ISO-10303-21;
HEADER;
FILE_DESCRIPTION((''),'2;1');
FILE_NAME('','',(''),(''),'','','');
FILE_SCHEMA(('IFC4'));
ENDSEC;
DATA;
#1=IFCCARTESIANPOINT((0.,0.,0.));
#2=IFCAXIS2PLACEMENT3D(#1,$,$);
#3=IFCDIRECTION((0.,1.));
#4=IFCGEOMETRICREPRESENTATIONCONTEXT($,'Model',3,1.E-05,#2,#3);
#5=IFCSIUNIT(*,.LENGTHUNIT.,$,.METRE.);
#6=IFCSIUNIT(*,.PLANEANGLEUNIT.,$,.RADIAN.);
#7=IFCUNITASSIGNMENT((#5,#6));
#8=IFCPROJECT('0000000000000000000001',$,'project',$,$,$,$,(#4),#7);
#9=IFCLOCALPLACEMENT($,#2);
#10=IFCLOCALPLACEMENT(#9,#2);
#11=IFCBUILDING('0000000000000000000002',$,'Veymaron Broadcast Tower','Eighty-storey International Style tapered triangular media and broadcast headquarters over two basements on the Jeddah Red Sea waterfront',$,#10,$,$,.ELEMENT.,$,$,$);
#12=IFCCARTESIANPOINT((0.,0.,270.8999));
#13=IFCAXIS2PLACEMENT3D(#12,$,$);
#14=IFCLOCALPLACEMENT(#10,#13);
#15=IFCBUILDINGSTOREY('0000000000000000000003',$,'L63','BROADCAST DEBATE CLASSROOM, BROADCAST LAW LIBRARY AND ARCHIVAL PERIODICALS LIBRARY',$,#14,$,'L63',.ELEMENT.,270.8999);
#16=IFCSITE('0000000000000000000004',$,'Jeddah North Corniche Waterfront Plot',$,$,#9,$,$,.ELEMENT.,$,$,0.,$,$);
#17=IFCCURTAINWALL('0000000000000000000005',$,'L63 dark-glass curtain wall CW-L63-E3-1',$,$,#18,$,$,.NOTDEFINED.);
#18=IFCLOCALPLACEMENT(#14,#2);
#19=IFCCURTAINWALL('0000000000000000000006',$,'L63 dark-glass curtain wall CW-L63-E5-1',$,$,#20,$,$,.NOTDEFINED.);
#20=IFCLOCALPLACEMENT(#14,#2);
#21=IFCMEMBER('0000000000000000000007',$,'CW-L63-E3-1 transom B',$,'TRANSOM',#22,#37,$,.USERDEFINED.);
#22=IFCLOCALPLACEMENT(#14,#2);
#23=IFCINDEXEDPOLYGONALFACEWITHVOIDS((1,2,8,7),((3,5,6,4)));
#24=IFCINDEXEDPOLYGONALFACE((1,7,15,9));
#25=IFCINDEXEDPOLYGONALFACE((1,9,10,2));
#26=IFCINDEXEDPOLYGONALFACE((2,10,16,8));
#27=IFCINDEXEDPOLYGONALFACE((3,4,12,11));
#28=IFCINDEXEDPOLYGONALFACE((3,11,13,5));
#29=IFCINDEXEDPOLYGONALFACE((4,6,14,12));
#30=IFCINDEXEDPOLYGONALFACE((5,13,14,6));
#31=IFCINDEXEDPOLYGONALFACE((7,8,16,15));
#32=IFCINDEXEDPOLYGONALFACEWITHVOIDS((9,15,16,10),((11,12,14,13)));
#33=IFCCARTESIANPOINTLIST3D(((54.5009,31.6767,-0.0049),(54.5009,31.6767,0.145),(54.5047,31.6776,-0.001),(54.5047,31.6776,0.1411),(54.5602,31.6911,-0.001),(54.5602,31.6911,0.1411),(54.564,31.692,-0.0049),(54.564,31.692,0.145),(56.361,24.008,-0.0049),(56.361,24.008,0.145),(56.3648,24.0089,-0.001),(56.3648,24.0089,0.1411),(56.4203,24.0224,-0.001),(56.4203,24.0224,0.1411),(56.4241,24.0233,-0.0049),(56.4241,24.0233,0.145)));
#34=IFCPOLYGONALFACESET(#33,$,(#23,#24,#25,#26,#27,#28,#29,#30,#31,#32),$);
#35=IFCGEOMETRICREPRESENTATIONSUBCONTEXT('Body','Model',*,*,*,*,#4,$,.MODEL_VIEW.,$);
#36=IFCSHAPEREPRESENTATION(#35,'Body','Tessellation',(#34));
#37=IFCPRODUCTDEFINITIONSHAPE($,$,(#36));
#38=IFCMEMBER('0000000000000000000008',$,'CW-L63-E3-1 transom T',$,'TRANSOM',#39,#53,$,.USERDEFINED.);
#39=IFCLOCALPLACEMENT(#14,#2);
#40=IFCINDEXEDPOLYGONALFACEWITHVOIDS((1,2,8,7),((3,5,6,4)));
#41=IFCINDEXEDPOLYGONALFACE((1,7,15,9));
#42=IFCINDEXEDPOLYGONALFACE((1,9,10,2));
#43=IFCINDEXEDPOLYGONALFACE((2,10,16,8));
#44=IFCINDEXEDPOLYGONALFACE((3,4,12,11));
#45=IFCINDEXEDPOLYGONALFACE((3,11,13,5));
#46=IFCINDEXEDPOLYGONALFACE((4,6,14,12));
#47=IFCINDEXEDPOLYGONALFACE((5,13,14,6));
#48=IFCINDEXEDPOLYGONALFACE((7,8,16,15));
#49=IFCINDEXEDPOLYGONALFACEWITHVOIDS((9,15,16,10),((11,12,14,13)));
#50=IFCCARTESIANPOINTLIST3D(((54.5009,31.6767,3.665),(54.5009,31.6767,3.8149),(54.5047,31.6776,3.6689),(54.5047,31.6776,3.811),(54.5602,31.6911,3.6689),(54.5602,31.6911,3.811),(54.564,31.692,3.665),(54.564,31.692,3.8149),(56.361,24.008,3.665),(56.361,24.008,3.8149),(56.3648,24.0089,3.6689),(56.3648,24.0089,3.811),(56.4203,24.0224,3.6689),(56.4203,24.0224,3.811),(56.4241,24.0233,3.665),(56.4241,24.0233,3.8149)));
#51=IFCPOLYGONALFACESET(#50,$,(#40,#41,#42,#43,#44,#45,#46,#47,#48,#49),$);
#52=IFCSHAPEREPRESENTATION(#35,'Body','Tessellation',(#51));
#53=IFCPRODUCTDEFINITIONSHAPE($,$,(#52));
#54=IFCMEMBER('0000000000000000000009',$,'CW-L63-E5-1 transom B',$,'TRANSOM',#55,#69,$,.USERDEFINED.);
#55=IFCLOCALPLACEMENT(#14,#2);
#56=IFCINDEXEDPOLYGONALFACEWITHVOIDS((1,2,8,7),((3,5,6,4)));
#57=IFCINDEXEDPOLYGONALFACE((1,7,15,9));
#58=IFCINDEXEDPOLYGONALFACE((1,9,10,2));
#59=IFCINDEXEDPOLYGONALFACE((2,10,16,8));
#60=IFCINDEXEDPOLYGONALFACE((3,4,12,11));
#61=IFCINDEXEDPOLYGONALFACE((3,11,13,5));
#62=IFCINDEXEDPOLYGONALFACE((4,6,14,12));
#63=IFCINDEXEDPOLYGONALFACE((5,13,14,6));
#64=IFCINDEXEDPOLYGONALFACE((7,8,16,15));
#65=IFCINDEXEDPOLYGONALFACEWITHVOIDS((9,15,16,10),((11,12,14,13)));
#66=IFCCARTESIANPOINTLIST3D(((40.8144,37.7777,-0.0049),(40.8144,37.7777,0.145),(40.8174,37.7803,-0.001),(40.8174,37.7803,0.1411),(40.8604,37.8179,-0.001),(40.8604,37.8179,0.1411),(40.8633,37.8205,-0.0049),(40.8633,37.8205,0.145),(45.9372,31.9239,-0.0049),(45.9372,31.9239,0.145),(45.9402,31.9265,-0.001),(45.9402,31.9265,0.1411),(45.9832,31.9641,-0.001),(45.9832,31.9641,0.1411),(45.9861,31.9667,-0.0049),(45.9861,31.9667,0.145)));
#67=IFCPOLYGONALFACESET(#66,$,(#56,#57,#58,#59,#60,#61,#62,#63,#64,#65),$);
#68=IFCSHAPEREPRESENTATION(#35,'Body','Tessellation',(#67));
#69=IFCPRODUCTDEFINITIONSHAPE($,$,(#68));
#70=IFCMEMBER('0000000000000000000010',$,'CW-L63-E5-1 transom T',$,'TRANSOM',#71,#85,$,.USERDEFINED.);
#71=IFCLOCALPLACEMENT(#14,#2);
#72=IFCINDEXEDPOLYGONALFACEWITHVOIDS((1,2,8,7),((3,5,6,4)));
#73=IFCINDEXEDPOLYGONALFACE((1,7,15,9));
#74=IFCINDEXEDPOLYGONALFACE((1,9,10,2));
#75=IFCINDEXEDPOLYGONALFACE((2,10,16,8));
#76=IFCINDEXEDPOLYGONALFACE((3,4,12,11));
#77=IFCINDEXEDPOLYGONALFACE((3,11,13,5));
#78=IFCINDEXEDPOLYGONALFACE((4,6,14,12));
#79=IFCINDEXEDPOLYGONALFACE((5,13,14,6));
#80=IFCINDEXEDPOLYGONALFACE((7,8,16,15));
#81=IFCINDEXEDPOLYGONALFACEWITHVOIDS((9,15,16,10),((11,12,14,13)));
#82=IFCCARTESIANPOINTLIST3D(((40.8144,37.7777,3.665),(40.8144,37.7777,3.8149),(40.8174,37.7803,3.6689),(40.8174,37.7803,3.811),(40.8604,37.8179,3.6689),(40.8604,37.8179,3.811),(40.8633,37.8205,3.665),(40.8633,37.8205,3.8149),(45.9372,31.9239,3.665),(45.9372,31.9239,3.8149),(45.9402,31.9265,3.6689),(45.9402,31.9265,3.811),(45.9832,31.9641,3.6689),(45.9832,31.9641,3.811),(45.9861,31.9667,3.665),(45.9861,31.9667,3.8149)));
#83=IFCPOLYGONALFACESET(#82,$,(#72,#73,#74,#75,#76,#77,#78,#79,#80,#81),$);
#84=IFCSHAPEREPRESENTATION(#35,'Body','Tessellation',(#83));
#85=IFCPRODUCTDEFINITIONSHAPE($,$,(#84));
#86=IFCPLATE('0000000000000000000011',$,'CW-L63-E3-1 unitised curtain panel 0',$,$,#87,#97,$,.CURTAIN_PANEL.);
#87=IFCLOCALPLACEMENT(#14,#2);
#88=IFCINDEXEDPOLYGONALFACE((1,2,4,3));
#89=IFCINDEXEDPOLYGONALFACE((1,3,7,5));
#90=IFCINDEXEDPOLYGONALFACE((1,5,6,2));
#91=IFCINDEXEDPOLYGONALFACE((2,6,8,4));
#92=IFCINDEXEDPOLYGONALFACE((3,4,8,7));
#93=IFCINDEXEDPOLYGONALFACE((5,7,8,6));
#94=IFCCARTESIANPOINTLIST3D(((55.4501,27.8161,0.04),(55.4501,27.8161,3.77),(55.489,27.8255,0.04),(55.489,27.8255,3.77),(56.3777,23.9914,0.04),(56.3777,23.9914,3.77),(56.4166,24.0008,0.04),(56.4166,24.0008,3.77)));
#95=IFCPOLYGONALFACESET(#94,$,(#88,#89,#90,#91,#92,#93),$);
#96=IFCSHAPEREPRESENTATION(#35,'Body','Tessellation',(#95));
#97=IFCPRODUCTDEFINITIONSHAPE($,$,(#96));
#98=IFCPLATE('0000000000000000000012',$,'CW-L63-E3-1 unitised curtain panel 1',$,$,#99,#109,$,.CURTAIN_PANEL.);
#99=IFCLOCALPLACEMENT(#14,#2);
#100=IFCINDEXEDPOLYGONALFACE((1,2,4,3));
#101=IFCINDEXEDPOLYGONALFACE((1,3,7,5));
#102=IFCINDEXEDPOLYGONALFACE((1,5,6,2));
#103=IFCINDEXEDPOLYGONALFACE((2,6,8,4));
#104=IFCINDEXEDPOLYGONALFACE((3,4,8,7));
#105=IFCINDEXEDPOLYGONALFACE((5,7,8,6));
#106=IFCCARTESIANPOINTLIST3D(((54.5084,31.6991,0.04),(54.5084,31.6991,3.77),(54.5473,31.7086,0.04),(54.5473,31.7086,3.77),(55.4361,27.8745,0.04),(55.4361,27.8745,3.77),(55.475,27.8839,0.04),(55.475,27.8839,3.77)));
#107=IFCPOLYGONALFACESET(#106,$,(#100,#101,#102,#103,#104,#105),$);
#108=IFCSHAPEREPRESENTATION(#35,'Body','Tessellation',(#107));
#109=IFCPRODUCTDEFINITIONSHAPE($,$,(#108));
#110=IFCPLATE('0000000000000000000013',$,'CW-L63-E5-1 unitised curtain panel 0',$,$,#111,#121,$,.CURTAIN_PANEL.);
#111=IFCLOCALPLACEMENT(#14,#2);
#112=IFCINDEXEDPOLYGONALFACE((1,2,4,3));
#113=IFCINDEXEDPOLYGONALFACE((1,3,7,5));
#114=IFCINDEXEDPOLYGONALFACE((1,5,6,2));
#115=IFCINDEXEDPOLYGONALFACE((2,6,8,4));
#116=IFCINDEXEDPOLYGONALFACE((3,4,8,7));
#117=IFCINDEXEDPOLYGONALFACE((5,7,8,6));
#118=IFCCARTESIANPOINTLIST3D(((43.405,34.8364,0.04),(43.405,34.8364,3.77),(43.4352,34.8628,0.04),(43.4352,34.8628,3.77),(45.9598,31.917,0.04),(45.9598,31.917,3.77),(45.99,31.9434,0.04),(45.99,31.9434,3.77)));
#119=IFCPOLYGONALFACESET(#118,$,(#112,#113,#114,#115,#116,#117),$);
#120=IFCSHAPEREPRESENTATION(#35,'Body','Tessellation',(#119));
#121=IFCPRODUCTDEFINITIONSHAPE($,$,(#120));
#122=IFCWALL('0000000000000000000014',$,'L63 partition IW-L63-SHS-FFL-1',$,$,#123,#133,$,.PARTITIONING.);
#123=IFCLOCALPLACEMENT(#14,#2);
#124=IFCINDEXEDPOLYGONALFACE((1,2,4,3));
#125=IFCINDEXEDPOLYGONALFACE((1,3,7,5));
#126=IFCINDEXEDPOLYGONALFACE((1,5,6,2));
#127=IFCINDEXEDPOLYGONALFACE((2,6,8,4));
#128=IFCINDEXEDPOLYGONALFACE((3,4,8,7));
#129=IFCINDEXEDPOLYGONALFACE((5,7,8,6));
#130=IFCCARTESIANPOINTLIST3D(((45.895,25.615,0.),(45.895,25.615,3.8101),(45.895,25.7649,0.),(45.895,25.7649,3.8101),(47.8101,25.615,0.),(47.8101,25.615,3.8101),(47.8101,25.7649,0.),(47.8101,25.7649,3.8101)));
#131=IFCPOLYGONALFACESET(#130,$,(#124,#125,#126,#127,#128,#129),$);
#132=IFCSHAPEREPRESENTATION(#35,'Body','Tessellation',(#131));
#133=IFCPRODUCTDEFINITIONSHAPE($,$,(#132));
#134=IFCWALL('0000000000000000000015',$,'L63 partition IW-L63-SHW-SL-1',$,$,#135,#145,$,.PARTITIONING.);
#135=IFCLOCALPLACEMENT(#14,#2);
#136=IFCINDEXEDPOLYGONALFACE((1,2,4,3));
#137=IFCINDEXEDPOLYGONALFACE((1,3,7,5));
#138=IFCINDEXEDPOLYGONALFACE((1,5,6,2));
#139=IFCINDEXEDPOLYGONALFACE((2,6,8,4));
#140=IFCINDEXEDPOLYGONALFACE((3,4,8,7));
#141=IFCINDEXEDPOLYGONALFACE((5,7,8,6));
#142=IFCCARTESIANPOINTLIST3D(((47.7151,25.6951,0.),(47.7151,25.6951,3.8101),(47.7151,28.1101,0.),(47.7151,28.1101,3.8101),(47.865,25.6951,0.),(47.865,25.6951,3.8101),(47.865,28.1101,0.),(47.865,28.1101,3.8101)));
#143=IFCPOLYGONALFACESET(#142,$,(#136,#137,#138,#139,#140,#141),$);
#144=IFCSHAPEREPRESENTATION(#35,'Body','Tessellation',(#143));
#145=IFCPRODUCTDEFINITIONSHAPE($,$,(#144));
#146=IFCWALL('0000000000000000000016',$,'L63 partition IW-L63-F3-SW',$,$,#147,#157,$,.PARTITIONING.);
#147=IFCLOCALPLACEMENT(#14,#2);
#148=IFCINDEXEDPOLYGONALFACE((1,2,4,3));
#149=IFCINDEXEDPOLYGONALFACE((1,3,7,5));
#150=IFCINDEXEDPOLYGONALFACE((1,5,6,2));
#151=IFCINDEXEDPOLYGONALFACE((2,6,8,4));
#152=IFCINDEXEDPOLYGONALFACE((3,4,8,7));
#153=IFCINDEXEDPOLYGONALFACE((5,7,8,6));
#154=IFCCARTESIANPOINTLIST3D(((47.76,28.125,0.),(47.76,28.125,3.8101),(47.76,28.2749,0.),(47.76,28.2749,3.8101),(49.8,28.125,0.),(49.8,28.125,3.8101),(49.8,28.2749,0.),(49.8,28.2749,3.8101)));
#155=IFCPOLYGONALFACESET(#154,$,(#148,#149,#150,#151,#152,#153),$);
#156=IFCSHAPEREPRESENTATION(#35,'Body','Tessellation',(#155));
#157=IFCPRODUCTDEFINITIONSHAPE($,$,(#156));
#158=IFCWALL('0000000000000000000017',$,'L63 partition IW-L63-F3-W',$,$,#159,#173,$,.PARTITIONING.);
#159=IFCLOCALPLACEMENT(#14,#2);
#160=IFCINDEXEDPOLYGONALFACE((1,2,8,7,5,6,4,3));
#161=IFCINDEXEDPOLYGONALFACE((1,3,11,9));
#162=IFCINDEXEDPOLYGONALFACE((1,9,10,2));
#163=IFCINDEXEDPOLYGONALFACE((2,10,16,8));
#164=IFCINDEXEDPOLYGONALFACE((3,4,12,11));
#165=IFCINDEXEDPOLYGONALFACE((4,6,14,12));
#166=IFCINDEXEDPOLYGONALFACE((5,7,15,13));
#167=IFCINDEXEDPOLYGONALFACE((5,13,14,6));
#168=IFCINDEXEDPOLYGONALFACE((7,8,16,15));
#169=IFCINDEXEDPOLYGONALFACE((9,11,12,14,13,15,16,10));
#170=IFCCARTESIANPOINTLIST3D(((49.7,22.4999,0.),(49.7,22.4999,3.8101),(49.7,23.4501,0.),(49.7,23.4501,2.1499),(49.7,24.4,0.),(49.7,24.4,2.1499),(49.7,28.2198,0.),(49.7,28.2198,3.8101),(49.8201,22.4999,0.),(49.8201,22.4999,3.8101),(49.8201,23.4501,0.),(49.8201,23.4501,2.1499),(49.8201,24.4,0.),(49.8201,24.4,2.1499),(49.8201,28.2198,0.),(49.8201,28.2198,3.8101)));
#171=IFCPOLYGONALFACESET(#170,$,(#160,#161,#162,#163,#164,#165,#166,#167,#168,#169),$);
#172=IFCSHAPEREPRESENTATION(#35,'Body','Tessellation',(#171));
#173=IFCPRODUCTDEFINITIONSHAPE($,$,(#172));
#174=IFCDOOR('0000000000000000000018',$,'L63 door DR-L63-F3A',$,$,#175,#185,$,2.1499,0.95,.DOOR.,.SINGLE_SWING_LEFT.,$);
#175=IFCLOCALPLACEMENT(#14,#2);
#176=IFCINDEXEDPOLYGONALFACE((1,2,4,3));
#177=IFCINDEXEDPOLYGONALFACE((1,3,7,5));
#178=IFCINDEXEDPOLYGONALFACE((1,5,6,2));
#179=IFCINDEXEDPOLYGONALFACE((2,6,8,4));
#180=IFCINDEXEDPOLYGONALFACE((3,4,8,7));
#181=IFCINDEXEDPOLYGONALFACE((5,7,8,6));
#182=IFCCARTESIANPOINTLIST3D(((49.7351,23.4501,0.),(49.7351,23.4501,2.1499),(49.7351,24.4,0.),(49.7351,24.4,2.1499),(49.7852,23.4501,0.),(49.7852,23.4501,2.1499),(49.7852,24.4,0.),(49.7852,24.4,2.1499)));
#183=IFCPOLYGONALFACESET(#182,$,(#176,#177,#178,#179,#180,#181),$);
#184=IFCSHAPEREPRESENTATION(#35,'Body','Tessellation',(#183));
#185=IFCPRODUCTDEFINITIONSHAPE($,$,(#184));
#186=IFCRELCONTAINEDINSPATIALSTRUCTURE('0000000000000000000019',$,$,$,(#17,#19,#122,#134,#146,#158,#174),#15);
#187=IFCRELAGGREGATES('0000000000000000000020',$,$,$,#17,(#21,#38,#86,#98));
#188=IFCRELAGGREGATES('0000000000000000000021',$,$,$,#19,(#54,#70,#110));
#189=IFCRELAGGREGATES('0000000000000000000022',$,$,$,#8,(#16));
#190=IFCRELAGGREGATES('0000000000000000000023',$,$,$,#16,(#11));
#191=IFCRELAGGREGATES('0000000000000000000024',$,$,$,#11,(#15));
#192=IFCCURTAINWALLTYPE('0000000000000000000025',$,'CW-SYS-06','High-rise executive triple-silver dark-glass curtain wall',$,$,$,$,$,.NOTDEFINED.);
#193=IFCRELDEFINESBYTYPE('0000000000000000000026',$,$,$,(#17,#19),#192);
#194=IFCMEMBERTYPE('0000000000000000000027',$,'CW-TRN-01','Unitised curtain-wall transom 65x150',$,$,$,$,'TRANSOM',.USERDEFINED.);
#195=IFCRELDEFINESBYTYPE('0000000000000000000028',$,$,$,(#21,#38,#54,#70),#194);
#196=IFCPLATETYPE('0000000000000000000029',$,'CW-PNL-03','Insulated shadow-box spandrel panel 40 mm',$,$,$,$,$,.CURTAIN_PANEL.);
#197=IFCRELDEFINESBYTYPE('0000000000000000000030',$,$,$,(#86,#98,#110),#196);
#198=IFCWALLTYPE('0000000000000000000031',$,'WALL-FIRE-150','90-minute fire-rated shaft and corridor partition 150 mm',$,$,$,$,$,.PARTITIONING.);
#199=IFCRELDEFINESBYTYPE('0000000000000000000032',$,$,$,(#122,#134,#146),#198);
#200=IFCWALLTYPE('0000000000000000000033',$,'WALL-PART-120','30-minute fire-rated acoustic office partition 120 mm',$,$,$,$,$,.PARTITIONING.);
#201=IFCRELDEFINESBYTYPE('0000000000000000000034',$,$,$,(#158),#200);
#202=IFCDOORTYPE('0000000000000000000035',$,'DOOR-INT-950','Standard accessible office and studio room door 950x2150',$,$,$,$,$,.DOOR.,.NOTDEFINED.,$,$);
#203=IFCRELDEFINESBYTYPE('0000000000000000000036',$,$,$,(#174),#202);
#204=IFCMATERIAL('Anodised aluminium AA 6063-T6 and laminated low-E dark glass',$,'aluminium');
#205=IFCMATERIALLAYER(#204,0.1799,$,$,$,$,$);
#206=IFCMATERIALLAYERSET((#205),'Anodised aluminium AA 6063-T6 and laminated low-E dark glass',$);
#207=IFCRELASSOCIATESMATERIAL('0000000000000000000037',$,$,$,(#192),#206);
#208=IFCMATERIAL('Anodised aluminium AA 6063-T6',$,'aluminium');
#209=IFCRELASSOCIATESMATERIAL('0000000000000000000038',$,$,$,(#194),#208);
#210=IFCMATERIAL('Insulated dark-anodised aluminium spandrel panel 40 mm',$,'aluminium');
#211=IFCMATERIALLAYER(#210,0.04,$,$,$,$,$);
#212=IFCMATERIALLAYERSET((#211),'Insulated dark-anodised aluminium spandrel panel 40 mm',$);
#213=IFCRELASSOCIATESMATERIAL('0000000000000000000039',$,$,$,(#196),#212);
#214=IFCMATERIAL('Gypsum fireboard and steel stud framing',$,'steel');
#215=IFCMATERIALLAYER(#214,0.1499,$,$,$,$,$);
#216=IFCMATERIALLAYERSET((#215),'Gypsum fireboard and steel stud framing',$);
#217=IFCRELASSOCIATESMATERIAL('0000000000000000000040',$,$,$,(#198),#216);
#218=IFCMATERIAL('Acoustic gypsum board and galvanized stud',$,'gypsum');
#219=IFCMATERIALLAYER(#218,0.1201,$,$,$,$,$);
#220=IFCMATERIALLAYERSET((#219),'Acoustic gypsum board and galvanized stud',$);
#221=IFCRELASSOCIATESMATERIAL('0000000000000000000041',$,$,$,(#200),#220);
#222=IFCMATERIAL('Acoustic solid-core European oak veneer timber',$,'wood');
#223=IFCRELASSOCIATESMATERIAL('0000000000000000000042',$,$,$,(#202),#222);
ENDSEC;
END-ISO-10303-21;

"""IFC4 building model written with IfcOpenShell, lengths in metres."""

from ifc_helpers import new_model, si_unit, direction, frame, frame_2d, origin, origin_2d, place, context, subcontext, project, spatial, rectangle, hollow_rectangle, extrude, material, layer, layer_set, material_profile, profile_set, type_object, element, fill, aggregate, save


model = new_model("IFC4")

# Units and contexts
model_context = context("Model", 3, precision=1e-05, world=origin(), true_north=direction((0.0, 1.0)))
body_context = subcontext(model_context, "Body", "Model", "MODEL_VIEW")
ifc_project = project(units=[si_unit("LENGTHUNIT", "METRE"), si_unit("PLANEANGLEUNIT", "RADIAN")], contexts=[model_context])

# Site, building, storey
site_placement = place(None, origin())
site = spatial("IfcSite", under=ifc_project, at=site_placement, Name="Jeddah North Corniche Waterfront Plot", CompositionType="ELEMENT", RefElevation=0.0)
building_placement = place(site_placement, origin())
building = spatial("IfcBuilding", under=site, at=building_placement, Name="Veymaron Broadcast Tower", Description="Eighty-storey International Style tapered triangular media and broadcast headquarters over two basements on the Jeddah Red Sea waterfront", CompositionType="ELEMENT")
storey_placement = place(building_placement, frame((0.0, 0.0, 270.8999)))
storey = spatial("IfcBuildingStorey", under=building, at=storey_placement, Name="L63", Description="BROADCAST DEBATE CLASSROOM, BROADCAST LAW LIBRARY AND ARCHIVAL PERIODICALS LIBRARY", LongName="L63", CompositionType="ELEMENT", Elevation=270.8999)

# Shared definitions
ifc_material_1 = material(Name="Anodised aluminium AA 6063-T6 and laminated low-E dark glass", Category="aluminium")
ifc_layer_1 = layer(ifc_material_1, 0.1799)
ifc_layer_set_1 = layer_set([ifc_layer_1], Name="Anodised aluminium AA 6063-T6 and laminated low-E dark glass")
curtain_wall_type = type_object("IfcCurtainWallType", Name="CW-SYS-06", Description="High-rise executive triple-silver dark-glass curtain wall", PredefinedType="NOTDEFINED", material=ifc_layer_set_1)
ifc_material_2 = material(Name="Anodised aluminium AA 6063-T6", Category="aluminium")

# Curtain wall
curtain_wall_1_placement = place(storey_placement, origin())
curtain_wall_1 = element("IfcCurtainWall", 1, at=curtain_wall_1_placement, inside=storey, type_object=curtain_wall_type, Name="L63 dark-glass curtain wall CW-L63-E3-1", PredefinedType="NOTDEFINED")

# Curtain wall
curtain_wall_2_placement = place(storey_placement, origin())
curtain_wall_2 = element("IfcCurtainWall", 2, at=curtain_wall_2_placement, inside=storey, type_object=curtain_wall_type, Name="L63 dark-glass curtain wall CW-L63-E5-1", PredefinedType="NOTDEFINED")

# Members
ifc_material_profile_1 = material_profile(ifc_material_2, hollow_rectangle(XDim=0.0649, YDim=0.1499, WallThickness=0.0039, at=origin_2d()), Name="AL150X65X4")
ifc_profile_set_1 = profile_set([ifc_material_profile_1], Name="Anodised aluminium AA 6063-T6")
member_type_1 = type_object("IfcMemberType", Name="CW-TRN-01", Description="Unitised curtain-wall transom 65x150", ElementType="TRANSOM", PredefinedType="USERDEFINED", material=ifc_profile_set_1)
member_1_placement = place(storey_placement, frame((56.3926, 24.0156, 0.0701), z_axis=(-0.235723, 0.97182, 0.0), x_axis=(-0.97182, -0.235723, 0.0)))
member_1 = element("IfcMember", 3, at=member_1_placement, type_object=member_type_1, Name="CW-L63-E3-1 transom B", ObjectType="TRANSOM", PredefinedType="USERDEFINED", context=body_context, shape_type="SweptSolid", body=[
    extrude(hollow_rectangle(XDim=0.0649, YDim=0.1499, WallThickness=0.0039, at=origin_2d()), origin(), (0.0, 0.0, 1.0), 7.8911),
])
member_2_placement = place(storey_placement, frame((56.3926, 24.0156, 3.74), z_axis=(-0.235723, 0.97182, 0.0), x_axis=(-0.97182, -0.235723, 0.0)))
member_2 = element("IfcMember", 4, at=member_2_placement, type_object=member_type_1, Name="CW-L63-E3-1 transom T", ObjectType="TRANSOM", PredefinedType="USERDEFINED", context=body_context, shape_type="SweptSolid", body=[
    extrude(hollow_rectangle(XDim=0.0649, YDim=0.1499, WallThickness=0.0039, at=origin_2d()), origin(), (0.0, 0.0, 1.0), 7.8911),
])
member_3_placement = place(storey_placement, frame((45.9617, 31.9453, 0.0701), z_axis=(-0.65856, 0.752528, 0.0), x_axis=(-0.752528, -0.65856, 0.0)))
member_3 = element("IfcMember", 5, at=member_3_placement, type_object=member_type_1, Name="CW-L63-E5-1 transom B", ObjectType="TRANSOM", PredefinedType="USERDEFINED", context=body_context, shape_type="SweptSolid", body=[
    extrude(hollow_rectangle(XDim=0.0649, YDim=0.1499, WallThickness=0.0039, at=origin_2d()), origin(), (0.0, 0.0, 1.0), 7.7788),
])
member_4_placement = place(storey_placement, frame((45.9617, 31.9453, 3.74), z_axis=(-0.65856, 0.752528, 0.0), x_axis=(-0.752528, -0.65856, 0.0)))
member_4 = element("IfcMember", 6, at=member_4_placement, type_object=member_type_1, Name="CW-L63-E5-1 transom T", ObjectType="TRANSOM", PredefinedType="USERDEFINED", context=body_context, shape_type="SweptSolid", body=[
    extrude(hollow_rectangle(XDim=0.0649, YDim=0.1499, WallThickness=0.0039, at=origin_2d()), origin(), (0.0, 0.0, 1.0), 7.7788),
])

# Plates
ifc_material_3 = material(Name="Insulated dark-anodised aluminium spandrel panel 40 mm", Category="aluminium")
ifc_layer_2 = layer(ifc_material_3, 0.04)
ifc_layer_set_2 = layer_set([ifc_layer_2], Name="Insulated dark-anodised aluminium spandrel panel 40 mm")
plate_type = type_object("IfcPlateType", Name="CW-PNL-03", Description="Insulated shadow-box spandrel panel 40 mm", PredefinedType="CURTAIN_PANEL", material=ifc_layer_set_2)
plate_1_placement = place(storey_placement, frame((55.9333, 25.9084, 0.04), z_axis=(0.0, 0.0, 1.0), x_axis=(-0.235702, 0.971825, 0.0)))
plate_1 = element("IfcPlate", 7, at=plate_1_placement, type_object=plate_type, Name="CW-L63-E3-1 unitised curtain panel 0", PredefinedType="CURTAIN_PANEL", context=body_context, shape_type="SweptSolid", body=[
    extrude(rectangle(XDim=3.9355, YDim=0.04, at=origin_2d()), origin(), (0.0, 0.0, 1.0), 3.73),
])
plate_2_placement = place(storey_placement, frame((54.9917, 29.7915, 0.04), z_axis=(0.0, 0.0, 1.0), x_axis=(-0.235702, 0.971825, 0.0)))
plate_2 = element("IfcPlate", 8, at=plate_2_placement, type_object=plate_type, Name="CW-L63-E3-1 unitised curtain panel 1", PredefinedType="CURTAIN_PANEL", context=body_context, shape_type="SweptSolid", body=[
    extrude(rectangle(XDim=3.9355, YDim=0.04, at=origin_2d()), origin(), (0.0, 0.0, 1.0), 3.73),
])
aggregate(curtain_wall_1, [member_1, member_2, plate_1, plate_2])
plate_3_placement = place(storey_placement, frame((44.6975, 33.3899, 0.04), z_axis=(0.0, 0.0, 1.0), x_axis=(-0.658558, 0.75253, 0.0)))
plate_3 = element("IfcPlate", 9, at=plate_3_placement, type_object=plate_type, Name="CW-L63-E5-1 unitised curtain panel 0", PredefinedType="CURTAIN_PANEL", context=body_context, shape_type="SweptSolid", body=[
    extrude(rectangle(XDim=3.8794, YDim=0.04, at=origin_2d()), origin(), (0.0, 0.0, 1.0), 3.73),
])
aggregate(curtain_wall_2, [member_3, member_4, plate_3])

# Shared definitions
ifc_material_4 = material(Name="Gypsum fireboard and steel stud framing", Category="steel")
ifc_layer_3 = layer(ifc_material_4, 0.1499)
ifc_layer_set_3 = layer_set([ifc_layer_3], Name="Gypsum fireboard and steel stud framing")
wall_type_1 = type_object("IfcWallType", Name="WALL-FIRE-150", Description="90-minute fire-rated shaft and corridor partition 150 mm", PredefinedType="PARTITIONING", material=ifc_layer_set_3)

# Wall
wall_1_placement = place(storey_placement, frame((45.895, 25.6899, 0.0), z_axis=(0.0, 0.0, 1.0), x_axis=(1.0, 0.0, 0.0)))
element("IfcWall", 10, at=wall_1_placement, inside=storey, type_object=wall_type_1, Name="L63 partition IW-L63-SHS-FFL-1", PredefinedType="PARTITIONING", context=body_context, shape_type="SweptSolid", body=[
    extrude(rectangle(XDim=1.915, YDim=0.1499, at=frame_2d((0.9575, 0.0))), origin(), (0.0, 0.0, 1.0), 3.8101),
])

# Walls
wall_2_placement = place(storey_placement, frame((47.79, 25.6951, 0.0), z_axis=(0.0, 0.0, 1.0), x_axis=(0.0, 1.0, 0.0)))
element("IfcWall", 11, at=wall_2_placement, inside=storey, type_object=wall_type_1, Name="L63 partition IW-L63-SHW-SL-1", PredefinedType="PARTITIONING", context=body_context, shape_type="SweptSolid", body=[
    extrude(rectangle(XDim=2.415, YDim=0.1499, at=frame_2d((1.2075, 0.0))), origin(), (0.0, 0.0, 1.0), 3.8101),
])
wall_3_placement = place(storey_placement, frame((47.76, 28.2, 0.0), z_axis=(0.0, 0.0, 1.0), x_axis=(1.0, 0.0, 0.0)))
element("IfcWall", 12, at=wall_3_placement, inside=storey, type_object=wall_type_1, Name="L63 partition IW-L63-F3-SW", PredefinedType="PARTITIONING", context=body_context, shape_type="SweptSolid", body=[
    extrude(rectangle(XDim=2.04, YDim=0.1499, at=frame_2d((1.02, 0.0))), origin(), (0.0, 0.0, 1.0), 3.8101),
])

# Wall, opening, door
ifc_material_5 = material(Name="Acoustic gypsum board and galvanized stud", Category="gypsum")
ifc_layer_4 = layer(ifc_material_5, 0.1201)
ifc_layer_set_4 = layer_set([ifc_layer_4], Name="Acoustic gypsum board and galvanized stud")
wall_type_2 = type_object("IfcWallType", Name="WALL-PART-120", Description="30-minute fire-rated acoustic office partition 120 mm", PredefinedType="PARTITIONING", material=ifc_layer_set_4)
wall_4_placement = place(storey_placement, frame((49.76, 22.5, 0.0), z_axis=(0.0, 0.0, 1.0), x_axis=(0.0, 1.0, 0.0)))
wall_4 = element("IfcWall", 13, at=wall_4_placement, inside=storey, type_object=wall_type_2, Name="L63 partition IW-L63-F3-W", PredefinedType="PARTITIONING", context=body_context, shape_type="SweptSolid", body=[
    extrude(rectangle(XDim=5.72, YDim=0.1201, at=frame_2d((2.8599, 0.0))), origin(), (0.0, 0.0, 1.0), 3.8101),
])
opening_1_placement = place(wall_4_placement, frame((0.95, 0.0, 0.0)))
opening_1 = element("IfcOpeningElement", 14, at=opening_1_placement, cuts=wall_4, PredefinedType="OPENING", context=body_context, shape_type="SweptSolid", body=[
    extrude(rectangle(XDim=0.95, YDim=2.1499, at=frame_2d((0.4751, 1.075))), frame((0.0, 0.0701, 0.0), z_axis=(0.0, -1.0, 0.0), x_axis=(1.0, 0.0, 0.0)), (0.0, 0.0, 1.0), 0.1401),
])
ifc_material_6 = material(Name="Acoustic solid-core European oak veneer timber", Category="wood")
door_type_1 = type_object("IfcDoorType", Name="DOOR-INT-950", Description="Standard accessible office and studio room door 950x2150", OperationType="NOTDEFINED", PredefinedType="DOOR", material=ifc_material_6)
door_1_placement = place(opening_1_placement, origin())
door_1 = element("IfcDoor", 15, at=door_1_placement, inside=storey, type_object=door_type_1, Name="L63 door DR-L63-F3A", OperationType="SINGLE_SWING_LEFT", OverallHeight=2.1499, OverallWidth=0.95, PredefinedType="DOOR", context=body_context, shape_type="SweptSolid", body=[
    extrude(rectangle(XDim=0.95, YDim=2.1499, at=frame_2d((0.4751, 1.075))), frame((0.0, 0.0249, 0.0), z_axis=(0.0, -1.0, 0.0), x_axis=(1.0, 0.0, 0.0)), (0.0, 0.0, 1.0), 0.05),
])
fill(opening_1, door_1)

save(model, "model.ifc")
